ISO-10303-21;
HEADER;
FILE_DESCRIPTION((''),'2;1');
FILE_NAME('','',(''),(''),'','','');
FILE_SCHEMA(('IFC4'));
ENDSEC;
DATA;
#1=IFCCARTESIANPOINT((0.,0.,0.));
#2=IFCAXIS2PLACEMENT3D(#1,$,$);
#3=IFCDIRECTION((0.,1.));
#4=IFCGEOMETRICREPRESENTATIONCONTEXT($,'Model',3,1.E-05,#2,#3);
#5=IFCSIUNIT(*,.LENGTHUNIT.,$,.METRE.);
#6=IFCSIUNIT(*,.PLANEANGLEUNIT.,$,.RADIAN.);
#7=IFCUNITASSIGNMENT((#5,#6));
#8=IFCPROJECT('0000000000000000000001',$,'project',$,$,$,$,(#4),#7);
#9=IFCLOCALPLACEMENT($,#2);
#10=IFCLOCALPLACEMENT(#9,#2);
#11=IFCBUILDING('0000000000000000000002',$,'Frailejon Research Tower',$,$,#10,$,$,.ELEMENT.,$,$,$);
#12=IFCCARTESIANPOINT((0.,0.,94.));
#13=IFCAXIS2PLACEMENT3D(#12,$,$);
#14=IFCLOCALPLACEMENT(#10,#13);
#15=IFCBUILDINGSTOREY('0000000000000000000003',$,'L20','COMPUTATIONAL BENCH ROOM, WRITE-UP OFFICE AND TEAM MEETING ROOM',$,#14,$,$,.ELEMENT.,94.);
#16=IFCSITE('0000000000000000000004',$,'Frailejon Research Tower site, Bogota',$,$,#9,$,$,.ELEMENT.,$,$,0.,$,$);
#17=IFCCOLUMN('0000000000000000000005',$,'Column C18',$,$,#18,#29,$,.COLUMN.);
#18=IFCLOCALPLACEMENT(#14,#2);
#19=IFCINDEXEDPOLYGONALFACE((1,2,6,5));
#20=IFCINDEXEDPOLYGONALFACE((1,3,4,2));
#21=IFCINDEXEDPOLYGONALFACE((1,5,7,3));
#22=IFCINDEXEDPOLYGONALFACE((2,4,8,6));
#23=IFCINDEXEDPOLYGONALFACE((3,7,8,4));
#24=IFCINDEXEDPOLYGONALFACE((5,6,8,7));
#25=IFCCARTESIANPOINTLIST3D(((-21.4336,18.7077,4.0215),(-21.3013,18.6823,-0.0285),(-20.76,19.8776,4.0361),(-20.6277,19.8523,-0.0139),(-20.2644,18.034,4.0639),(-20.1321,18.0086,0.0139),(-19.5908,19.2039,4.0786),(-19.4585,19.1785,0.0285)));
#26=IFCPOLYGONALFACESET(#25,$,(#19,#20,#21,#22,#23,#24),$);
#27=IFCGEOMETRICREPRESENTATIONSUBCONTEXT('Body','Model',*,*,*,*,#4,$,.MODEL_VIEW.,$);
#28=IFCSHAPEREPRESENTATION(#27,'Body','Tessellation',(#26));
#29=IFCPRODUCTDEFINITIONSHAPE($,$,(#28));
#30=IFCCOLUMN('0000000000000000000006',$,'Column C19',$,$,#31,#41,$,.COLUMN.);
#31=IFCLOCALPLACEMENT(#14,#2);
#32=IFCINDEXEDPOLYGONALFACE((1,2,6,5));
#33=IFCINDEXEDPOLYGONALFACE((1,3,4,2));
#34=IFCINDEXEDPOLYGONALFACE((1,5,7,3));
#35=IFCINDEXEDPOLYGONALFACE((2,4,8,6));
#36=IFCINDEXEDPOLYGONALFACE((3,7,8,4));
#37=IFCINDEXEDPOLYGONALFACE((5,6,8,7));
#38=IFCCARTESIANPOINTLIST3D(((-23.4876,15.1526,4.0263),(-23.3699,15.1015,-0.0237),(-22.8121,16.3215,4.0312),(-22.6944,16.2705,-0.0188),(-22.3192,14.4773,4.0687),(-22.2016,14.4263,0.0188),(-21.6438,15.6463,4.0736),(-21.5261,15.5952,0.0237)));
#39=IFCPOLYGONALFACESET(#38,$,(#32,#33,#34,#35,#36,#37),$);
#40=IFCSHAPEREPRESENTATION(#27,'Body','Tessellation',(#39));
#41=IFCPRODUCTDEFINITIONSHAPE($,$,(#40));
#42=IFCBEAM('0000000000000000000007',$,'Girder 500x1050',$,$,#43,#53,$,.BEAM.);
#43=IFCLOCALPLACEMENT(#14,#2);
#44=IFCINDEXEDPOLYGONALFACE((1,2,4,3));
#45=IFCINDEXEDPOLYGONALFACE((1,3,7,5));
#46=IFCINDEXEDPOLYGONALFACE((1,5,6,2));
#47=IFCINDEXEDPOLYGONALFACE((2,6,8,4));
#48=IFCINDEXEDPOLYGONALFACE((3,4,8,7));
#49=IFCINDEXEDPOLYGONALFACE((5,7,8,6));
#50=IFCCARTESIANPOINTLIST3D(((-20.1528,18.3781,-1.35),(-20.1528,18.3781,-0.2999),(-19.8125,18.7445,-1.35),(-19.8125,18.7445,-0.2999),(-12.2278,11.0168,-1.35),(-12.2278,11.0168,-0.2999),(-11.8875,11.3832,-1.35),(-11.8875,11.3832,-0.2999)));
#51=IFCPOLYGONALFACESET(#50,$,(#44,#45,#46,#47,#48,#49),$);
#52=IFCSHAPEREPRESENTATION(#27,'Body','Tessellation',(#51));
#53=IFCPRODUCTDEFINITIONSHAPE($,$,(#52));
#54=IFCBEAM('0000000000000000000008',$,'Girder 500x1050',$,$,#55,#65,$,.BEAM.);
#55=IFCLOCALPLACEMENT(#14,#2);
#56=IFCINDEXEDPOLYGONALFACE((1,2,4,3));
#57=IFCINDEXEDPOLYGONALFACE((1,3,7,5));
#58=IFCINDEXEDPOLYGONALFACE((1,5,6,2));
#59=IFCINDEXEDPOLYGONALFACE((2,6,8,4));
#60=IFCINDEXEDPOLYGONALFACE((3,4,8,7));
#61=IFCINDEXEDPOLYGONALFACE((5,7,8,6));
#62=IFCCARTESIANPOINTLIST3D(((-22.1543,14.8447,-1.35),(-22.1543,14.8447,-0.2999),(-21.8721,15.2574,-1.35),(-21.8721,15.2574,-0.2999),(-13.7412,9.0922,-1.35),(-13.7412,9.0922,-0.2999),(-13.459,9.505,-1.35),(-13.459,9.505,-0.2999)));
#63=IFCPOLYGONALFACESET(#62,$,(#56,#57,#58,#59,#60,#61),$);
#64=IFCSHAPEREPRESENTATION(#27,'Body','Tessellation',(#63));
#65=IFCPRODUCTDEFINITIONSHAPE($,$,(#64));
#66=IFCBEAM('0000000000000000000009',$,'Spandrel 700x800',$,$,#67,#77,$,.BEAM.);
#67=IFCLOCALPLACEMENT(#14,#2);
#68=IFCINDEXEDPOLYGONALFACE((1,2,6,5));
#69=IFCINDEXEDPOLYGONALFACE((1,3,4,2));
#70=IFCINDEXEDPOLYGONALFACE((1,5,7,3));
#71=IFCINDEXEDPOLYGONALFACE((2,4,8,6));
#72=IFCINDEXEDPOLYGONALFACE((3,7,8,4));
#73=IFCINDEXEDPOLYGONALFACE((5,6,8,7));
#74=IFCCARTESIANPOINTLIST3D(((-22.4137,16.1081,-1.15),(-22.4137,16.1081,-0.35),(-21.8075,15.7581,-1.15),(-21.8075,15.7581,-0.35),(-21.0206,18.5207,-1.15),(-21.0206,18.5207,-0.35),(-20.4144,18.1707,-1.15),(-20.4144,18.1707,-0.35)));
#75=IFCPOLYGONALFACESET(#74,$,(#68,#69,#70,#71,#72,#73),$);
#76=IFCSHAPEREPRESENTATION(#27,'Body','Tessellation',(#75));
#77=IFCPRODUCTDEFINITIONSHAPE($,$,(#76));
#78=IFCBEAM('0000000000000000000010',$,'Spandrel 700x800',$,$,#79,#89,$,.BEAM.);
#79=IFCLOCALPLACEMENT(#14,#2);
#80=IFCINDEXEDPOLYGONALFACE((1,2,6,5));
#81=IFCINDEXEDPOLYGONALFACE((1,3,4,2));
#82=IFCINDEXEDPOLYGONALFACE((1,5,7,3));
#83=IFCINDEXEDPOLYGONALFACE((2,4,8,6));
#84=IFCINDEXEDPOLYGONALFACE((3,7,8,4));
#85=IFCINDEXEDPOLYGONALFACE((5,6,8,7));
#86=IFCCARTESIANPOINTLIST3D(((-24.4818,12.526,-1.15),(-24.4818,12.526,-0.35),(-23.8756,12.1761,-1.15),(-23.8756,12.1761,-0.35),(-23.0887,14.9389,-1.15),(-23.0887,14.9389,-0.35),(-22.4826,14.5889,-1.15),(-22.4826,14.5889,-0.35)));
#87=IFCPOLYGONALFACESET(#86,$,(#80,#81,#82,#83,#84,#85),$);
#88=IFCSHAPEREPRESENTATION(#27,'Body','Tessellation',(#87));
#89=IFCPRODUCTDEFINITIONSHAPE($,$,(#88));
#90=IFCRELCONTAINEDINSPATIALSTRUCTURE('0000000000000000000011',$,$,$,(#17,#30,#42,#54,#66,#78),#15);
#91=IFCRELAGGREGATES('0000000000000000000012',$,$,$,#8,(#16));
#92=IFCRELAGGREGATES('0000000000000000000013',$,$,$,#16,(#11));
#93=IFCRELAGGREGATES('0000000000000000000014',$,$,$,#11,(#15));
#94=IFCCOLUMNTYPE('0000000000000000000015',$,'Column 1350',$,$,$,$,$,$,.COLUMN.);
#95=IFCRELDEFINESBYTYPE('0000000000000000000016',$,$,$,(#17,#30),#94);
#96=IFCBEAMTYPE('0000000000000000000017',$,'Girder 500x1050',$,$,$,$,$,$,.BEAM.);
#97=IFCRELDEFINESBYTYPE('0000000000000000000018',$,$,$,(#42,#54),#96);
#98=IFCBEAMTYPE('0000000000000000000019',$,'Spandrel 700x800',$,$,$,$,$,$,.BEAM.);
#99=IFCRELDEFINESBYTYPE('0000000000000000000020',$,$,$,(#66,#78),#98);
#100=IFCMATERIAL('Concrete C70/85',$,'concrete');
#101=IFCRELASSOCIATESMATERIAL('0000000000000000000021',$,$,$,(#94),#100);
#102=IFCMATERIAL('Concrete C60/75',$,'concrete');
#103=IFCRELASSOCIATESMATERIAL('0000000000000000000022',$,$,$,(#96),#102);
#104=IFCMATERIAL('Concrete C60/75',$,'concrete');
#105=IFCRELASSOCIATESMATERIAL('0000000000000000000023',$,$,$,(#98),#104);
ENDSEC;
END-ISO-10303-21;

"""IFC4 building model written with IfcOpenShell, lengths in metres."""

from ifc_helpers import new_model, si_unit, direction, frame, origin, origin_2d, place, context, subcontext, project, spatial, rectangle, extrude, material, material_profile, profile_set, type_object, element, save


model = new_model("IFC4")

# Units and contexts
model_context = context("Model", 3, precision=1e-05, world=origin(), true_north=direction((0.0, 1.0)))
body_context = subcontext(model_context, "Body", "Model", "MODEL_VIEW")
ifc_project = project(units=[si_unit("LENGTHUNIT", "METRE"), si_unit("PLANEANGLEUNIT", "RADIAN")], contexts=[model_context])

# Site, building, storey
site_placement = place(None, origin())
site = spatial("IfcSite", under=ifc_project, at=site_placement, Name="Frailejon Research Tower site, Bogota", CompositionType="ELEMENT", RefElevation=0.0)
building_placement = place(site_placement, origin())
building = spatial("IfcBuilding", under=site, at=building_placement, Name="Frailejon Research Tower", CompositionType="ELEMENT")
storey_placement = place(building_placement, frame((0.0, 0.0, 94.0)))
storey = spatial("IfcBuildingStorey", under=building, at=storey_placement, Name="L20", Description="COMPUTATIONAL BENCH ROOM, WRITE-UP OFFICE AND TEAM MEETING ROOM", CompositionType="ELEMENT", Elevation=94.0)

# Columns
ifc_material_1 = material(Name="Concrete C70/85", Category="concrete")
ifc_material_profile_1 = material_profile(ifc_material_1, rectangle(XDim=1.3501, YDim=1.3501, at=origin_2d()), Name="Column 1350")
ifc_profile_set_1 = profile_set([ifc_material_profile_1], Name="Concrete C70/85")
column_type = type_object("IfcColumnType", Name="Column 1350", PredefinedType="COLUMN", material=ifc_profile_set_1)
column_1_placement = place(storey_placement, frame((-20.3799, 18.9304, 0.0), z_axis=(-0.032654, 0.006266, 0.999447), x_axis=(-0.498938, -0.86657, -0.010869)))
element("IfcColumn", 1, at=column_1_placement, inside=storey, type_object=column_type, Name="Column C18", PredefinedType="COLUMN", context=body_context, shape_type="SweptSolid", body=[
    extrude(rectangle(XDim=1.3501, YDim=1.3501, at=origin_2d()), origin(), (0.0, 0.0, 1.0), 4.0522),
])
column_2_placement = place(storey_placement, frame((-22.448, 15.3484, 0.0), z_axis=(-0.029041, 0.012592, 0.999499), x_axis=(-0.500309, -0.865839, -0.003628)))
element("IfcColumn", 2, at=column_2_placement, inside=storey, type_object=column_type, Name="Column C19", PredefinedType="COLUMN", context=body_context, shape_type="SweptSolid", body=[
    extrude(rectangle(XDim=1.3501, YDim=1.3501, at=origin_2d()), origin(), (0.0, 0.0, 1.0), 4.052),
])

# Beams
ifc_material_2 = material(Name="Concrete C60/75", Category="concrete")
ifc_material_profile_2 = material_profile(ifc_material_2, rectangle(XDim=0.5, YDim=1.05, at=origin_2d()), Name="Girder 500x1050")
ifc_profile_set_2 = profile_set([ifc_material_profile_2], Name="Concrete C60/75")
beam_type_1 = type_object("IfcBeamType", Name="Girder 500x1050", PredefinedType="BEAM", material=ifc_profile_set_2)
beam_1_placement = place(storey_placement, frame((-19.9827, 18.5613, -0.825), z_axis=(0.732685, -0.680568, 0.0), x_axis=(0.680568, 0.732685, 0.0)))
element("IfcBeam", 3, at=beam_1_placement, inside=storey, type_object=beam_type_1, Name="Girder 500x1050", PredefinedType="BEAM", context=body_context, shape_type="SweptSolid", body=[
    extrude(rectangle(XDim=0.5, YDim=1.05, at=origin_2d()), origin(), (0.0, 0.0, 1.0), 10.8164),
])
beam_2_placement = place(storey_placement, frame((-22.0132, 15.051, -0.825), z_axis=(0.825485, -0.564425, 0.0), x_axis=(0.564425, 0.825485, 0.0)))
element("IfcBeam", 4, at=beam_2_placement, inside=storey, type_object=beam_type_1, Name="Girder 500x1050", PredefinedType="BEAM", context=body_context, shape_type="SweptSolid", body=[
    extrude(rectangle(XDim=0.5, YDim=1.05, at=origin_2d()), origin(), (0.0, 0.0, 1.0), 10.1917),
])
ifc_material_3 = material(Name="Concrete C60/75", Category="concrete")
ifc_material_profile_3 = material_profile(ifc_material_3, rectangle(XDim=0.7, YDim=0.8, at=origin_2d()), Name="Spandrel 700x800")
ifc_profile_set_3 = profile_set([ifc_material_profile_3], Name="Concrete C60/75")
beam_type_2 = type_object("IfcBeamType", Name="Spandrel 700x800", PredefinedType="BEAM", material=ifc_profile_set_3)
beam_3_placement = place(storey_placement, frame((-20.7175, 18.3457, -0.75), z_axis=(-0.500041, -0.866002, 0.0), x_axis=(0.866002, -0.500041, 0.0)))
element("IfcBeam", 5, at=beam_3_placement, inside=storey, type_object=beam_type_2, Name="Spandrel 700x800", PredefinedType="BEAM", context=body_context, shape_type="SweptSolid", body=[
    extrude(rectangle(XDim=0.7, YDim=0.8, at=origin_2d()), origin(), (0.0, 0.0, 1.0), 2.7859),
])
beam_4_placement = place(storey_placement, frame((-22.7856, 14.7639, -0.75), z_axis=(-0.500003, -0.866024, 0.0), x_axis=(0.866024, -0.500003, 0.0)))
element("IfcBeam", 6, at=beam_4_placement, inside=storey, type_object=beam_type_2, Name="Spandrel 700x800", PredefinedType="BEAM", context=body_context, shape_type="SweptSolid", body=[
    extrude(rectangle(XDim=0.7, YDim=0.8, at=origin_2d()), origin(), (0.0, 0.0, 1.0), 2.7861),
])

save(model, "model.ifc")
